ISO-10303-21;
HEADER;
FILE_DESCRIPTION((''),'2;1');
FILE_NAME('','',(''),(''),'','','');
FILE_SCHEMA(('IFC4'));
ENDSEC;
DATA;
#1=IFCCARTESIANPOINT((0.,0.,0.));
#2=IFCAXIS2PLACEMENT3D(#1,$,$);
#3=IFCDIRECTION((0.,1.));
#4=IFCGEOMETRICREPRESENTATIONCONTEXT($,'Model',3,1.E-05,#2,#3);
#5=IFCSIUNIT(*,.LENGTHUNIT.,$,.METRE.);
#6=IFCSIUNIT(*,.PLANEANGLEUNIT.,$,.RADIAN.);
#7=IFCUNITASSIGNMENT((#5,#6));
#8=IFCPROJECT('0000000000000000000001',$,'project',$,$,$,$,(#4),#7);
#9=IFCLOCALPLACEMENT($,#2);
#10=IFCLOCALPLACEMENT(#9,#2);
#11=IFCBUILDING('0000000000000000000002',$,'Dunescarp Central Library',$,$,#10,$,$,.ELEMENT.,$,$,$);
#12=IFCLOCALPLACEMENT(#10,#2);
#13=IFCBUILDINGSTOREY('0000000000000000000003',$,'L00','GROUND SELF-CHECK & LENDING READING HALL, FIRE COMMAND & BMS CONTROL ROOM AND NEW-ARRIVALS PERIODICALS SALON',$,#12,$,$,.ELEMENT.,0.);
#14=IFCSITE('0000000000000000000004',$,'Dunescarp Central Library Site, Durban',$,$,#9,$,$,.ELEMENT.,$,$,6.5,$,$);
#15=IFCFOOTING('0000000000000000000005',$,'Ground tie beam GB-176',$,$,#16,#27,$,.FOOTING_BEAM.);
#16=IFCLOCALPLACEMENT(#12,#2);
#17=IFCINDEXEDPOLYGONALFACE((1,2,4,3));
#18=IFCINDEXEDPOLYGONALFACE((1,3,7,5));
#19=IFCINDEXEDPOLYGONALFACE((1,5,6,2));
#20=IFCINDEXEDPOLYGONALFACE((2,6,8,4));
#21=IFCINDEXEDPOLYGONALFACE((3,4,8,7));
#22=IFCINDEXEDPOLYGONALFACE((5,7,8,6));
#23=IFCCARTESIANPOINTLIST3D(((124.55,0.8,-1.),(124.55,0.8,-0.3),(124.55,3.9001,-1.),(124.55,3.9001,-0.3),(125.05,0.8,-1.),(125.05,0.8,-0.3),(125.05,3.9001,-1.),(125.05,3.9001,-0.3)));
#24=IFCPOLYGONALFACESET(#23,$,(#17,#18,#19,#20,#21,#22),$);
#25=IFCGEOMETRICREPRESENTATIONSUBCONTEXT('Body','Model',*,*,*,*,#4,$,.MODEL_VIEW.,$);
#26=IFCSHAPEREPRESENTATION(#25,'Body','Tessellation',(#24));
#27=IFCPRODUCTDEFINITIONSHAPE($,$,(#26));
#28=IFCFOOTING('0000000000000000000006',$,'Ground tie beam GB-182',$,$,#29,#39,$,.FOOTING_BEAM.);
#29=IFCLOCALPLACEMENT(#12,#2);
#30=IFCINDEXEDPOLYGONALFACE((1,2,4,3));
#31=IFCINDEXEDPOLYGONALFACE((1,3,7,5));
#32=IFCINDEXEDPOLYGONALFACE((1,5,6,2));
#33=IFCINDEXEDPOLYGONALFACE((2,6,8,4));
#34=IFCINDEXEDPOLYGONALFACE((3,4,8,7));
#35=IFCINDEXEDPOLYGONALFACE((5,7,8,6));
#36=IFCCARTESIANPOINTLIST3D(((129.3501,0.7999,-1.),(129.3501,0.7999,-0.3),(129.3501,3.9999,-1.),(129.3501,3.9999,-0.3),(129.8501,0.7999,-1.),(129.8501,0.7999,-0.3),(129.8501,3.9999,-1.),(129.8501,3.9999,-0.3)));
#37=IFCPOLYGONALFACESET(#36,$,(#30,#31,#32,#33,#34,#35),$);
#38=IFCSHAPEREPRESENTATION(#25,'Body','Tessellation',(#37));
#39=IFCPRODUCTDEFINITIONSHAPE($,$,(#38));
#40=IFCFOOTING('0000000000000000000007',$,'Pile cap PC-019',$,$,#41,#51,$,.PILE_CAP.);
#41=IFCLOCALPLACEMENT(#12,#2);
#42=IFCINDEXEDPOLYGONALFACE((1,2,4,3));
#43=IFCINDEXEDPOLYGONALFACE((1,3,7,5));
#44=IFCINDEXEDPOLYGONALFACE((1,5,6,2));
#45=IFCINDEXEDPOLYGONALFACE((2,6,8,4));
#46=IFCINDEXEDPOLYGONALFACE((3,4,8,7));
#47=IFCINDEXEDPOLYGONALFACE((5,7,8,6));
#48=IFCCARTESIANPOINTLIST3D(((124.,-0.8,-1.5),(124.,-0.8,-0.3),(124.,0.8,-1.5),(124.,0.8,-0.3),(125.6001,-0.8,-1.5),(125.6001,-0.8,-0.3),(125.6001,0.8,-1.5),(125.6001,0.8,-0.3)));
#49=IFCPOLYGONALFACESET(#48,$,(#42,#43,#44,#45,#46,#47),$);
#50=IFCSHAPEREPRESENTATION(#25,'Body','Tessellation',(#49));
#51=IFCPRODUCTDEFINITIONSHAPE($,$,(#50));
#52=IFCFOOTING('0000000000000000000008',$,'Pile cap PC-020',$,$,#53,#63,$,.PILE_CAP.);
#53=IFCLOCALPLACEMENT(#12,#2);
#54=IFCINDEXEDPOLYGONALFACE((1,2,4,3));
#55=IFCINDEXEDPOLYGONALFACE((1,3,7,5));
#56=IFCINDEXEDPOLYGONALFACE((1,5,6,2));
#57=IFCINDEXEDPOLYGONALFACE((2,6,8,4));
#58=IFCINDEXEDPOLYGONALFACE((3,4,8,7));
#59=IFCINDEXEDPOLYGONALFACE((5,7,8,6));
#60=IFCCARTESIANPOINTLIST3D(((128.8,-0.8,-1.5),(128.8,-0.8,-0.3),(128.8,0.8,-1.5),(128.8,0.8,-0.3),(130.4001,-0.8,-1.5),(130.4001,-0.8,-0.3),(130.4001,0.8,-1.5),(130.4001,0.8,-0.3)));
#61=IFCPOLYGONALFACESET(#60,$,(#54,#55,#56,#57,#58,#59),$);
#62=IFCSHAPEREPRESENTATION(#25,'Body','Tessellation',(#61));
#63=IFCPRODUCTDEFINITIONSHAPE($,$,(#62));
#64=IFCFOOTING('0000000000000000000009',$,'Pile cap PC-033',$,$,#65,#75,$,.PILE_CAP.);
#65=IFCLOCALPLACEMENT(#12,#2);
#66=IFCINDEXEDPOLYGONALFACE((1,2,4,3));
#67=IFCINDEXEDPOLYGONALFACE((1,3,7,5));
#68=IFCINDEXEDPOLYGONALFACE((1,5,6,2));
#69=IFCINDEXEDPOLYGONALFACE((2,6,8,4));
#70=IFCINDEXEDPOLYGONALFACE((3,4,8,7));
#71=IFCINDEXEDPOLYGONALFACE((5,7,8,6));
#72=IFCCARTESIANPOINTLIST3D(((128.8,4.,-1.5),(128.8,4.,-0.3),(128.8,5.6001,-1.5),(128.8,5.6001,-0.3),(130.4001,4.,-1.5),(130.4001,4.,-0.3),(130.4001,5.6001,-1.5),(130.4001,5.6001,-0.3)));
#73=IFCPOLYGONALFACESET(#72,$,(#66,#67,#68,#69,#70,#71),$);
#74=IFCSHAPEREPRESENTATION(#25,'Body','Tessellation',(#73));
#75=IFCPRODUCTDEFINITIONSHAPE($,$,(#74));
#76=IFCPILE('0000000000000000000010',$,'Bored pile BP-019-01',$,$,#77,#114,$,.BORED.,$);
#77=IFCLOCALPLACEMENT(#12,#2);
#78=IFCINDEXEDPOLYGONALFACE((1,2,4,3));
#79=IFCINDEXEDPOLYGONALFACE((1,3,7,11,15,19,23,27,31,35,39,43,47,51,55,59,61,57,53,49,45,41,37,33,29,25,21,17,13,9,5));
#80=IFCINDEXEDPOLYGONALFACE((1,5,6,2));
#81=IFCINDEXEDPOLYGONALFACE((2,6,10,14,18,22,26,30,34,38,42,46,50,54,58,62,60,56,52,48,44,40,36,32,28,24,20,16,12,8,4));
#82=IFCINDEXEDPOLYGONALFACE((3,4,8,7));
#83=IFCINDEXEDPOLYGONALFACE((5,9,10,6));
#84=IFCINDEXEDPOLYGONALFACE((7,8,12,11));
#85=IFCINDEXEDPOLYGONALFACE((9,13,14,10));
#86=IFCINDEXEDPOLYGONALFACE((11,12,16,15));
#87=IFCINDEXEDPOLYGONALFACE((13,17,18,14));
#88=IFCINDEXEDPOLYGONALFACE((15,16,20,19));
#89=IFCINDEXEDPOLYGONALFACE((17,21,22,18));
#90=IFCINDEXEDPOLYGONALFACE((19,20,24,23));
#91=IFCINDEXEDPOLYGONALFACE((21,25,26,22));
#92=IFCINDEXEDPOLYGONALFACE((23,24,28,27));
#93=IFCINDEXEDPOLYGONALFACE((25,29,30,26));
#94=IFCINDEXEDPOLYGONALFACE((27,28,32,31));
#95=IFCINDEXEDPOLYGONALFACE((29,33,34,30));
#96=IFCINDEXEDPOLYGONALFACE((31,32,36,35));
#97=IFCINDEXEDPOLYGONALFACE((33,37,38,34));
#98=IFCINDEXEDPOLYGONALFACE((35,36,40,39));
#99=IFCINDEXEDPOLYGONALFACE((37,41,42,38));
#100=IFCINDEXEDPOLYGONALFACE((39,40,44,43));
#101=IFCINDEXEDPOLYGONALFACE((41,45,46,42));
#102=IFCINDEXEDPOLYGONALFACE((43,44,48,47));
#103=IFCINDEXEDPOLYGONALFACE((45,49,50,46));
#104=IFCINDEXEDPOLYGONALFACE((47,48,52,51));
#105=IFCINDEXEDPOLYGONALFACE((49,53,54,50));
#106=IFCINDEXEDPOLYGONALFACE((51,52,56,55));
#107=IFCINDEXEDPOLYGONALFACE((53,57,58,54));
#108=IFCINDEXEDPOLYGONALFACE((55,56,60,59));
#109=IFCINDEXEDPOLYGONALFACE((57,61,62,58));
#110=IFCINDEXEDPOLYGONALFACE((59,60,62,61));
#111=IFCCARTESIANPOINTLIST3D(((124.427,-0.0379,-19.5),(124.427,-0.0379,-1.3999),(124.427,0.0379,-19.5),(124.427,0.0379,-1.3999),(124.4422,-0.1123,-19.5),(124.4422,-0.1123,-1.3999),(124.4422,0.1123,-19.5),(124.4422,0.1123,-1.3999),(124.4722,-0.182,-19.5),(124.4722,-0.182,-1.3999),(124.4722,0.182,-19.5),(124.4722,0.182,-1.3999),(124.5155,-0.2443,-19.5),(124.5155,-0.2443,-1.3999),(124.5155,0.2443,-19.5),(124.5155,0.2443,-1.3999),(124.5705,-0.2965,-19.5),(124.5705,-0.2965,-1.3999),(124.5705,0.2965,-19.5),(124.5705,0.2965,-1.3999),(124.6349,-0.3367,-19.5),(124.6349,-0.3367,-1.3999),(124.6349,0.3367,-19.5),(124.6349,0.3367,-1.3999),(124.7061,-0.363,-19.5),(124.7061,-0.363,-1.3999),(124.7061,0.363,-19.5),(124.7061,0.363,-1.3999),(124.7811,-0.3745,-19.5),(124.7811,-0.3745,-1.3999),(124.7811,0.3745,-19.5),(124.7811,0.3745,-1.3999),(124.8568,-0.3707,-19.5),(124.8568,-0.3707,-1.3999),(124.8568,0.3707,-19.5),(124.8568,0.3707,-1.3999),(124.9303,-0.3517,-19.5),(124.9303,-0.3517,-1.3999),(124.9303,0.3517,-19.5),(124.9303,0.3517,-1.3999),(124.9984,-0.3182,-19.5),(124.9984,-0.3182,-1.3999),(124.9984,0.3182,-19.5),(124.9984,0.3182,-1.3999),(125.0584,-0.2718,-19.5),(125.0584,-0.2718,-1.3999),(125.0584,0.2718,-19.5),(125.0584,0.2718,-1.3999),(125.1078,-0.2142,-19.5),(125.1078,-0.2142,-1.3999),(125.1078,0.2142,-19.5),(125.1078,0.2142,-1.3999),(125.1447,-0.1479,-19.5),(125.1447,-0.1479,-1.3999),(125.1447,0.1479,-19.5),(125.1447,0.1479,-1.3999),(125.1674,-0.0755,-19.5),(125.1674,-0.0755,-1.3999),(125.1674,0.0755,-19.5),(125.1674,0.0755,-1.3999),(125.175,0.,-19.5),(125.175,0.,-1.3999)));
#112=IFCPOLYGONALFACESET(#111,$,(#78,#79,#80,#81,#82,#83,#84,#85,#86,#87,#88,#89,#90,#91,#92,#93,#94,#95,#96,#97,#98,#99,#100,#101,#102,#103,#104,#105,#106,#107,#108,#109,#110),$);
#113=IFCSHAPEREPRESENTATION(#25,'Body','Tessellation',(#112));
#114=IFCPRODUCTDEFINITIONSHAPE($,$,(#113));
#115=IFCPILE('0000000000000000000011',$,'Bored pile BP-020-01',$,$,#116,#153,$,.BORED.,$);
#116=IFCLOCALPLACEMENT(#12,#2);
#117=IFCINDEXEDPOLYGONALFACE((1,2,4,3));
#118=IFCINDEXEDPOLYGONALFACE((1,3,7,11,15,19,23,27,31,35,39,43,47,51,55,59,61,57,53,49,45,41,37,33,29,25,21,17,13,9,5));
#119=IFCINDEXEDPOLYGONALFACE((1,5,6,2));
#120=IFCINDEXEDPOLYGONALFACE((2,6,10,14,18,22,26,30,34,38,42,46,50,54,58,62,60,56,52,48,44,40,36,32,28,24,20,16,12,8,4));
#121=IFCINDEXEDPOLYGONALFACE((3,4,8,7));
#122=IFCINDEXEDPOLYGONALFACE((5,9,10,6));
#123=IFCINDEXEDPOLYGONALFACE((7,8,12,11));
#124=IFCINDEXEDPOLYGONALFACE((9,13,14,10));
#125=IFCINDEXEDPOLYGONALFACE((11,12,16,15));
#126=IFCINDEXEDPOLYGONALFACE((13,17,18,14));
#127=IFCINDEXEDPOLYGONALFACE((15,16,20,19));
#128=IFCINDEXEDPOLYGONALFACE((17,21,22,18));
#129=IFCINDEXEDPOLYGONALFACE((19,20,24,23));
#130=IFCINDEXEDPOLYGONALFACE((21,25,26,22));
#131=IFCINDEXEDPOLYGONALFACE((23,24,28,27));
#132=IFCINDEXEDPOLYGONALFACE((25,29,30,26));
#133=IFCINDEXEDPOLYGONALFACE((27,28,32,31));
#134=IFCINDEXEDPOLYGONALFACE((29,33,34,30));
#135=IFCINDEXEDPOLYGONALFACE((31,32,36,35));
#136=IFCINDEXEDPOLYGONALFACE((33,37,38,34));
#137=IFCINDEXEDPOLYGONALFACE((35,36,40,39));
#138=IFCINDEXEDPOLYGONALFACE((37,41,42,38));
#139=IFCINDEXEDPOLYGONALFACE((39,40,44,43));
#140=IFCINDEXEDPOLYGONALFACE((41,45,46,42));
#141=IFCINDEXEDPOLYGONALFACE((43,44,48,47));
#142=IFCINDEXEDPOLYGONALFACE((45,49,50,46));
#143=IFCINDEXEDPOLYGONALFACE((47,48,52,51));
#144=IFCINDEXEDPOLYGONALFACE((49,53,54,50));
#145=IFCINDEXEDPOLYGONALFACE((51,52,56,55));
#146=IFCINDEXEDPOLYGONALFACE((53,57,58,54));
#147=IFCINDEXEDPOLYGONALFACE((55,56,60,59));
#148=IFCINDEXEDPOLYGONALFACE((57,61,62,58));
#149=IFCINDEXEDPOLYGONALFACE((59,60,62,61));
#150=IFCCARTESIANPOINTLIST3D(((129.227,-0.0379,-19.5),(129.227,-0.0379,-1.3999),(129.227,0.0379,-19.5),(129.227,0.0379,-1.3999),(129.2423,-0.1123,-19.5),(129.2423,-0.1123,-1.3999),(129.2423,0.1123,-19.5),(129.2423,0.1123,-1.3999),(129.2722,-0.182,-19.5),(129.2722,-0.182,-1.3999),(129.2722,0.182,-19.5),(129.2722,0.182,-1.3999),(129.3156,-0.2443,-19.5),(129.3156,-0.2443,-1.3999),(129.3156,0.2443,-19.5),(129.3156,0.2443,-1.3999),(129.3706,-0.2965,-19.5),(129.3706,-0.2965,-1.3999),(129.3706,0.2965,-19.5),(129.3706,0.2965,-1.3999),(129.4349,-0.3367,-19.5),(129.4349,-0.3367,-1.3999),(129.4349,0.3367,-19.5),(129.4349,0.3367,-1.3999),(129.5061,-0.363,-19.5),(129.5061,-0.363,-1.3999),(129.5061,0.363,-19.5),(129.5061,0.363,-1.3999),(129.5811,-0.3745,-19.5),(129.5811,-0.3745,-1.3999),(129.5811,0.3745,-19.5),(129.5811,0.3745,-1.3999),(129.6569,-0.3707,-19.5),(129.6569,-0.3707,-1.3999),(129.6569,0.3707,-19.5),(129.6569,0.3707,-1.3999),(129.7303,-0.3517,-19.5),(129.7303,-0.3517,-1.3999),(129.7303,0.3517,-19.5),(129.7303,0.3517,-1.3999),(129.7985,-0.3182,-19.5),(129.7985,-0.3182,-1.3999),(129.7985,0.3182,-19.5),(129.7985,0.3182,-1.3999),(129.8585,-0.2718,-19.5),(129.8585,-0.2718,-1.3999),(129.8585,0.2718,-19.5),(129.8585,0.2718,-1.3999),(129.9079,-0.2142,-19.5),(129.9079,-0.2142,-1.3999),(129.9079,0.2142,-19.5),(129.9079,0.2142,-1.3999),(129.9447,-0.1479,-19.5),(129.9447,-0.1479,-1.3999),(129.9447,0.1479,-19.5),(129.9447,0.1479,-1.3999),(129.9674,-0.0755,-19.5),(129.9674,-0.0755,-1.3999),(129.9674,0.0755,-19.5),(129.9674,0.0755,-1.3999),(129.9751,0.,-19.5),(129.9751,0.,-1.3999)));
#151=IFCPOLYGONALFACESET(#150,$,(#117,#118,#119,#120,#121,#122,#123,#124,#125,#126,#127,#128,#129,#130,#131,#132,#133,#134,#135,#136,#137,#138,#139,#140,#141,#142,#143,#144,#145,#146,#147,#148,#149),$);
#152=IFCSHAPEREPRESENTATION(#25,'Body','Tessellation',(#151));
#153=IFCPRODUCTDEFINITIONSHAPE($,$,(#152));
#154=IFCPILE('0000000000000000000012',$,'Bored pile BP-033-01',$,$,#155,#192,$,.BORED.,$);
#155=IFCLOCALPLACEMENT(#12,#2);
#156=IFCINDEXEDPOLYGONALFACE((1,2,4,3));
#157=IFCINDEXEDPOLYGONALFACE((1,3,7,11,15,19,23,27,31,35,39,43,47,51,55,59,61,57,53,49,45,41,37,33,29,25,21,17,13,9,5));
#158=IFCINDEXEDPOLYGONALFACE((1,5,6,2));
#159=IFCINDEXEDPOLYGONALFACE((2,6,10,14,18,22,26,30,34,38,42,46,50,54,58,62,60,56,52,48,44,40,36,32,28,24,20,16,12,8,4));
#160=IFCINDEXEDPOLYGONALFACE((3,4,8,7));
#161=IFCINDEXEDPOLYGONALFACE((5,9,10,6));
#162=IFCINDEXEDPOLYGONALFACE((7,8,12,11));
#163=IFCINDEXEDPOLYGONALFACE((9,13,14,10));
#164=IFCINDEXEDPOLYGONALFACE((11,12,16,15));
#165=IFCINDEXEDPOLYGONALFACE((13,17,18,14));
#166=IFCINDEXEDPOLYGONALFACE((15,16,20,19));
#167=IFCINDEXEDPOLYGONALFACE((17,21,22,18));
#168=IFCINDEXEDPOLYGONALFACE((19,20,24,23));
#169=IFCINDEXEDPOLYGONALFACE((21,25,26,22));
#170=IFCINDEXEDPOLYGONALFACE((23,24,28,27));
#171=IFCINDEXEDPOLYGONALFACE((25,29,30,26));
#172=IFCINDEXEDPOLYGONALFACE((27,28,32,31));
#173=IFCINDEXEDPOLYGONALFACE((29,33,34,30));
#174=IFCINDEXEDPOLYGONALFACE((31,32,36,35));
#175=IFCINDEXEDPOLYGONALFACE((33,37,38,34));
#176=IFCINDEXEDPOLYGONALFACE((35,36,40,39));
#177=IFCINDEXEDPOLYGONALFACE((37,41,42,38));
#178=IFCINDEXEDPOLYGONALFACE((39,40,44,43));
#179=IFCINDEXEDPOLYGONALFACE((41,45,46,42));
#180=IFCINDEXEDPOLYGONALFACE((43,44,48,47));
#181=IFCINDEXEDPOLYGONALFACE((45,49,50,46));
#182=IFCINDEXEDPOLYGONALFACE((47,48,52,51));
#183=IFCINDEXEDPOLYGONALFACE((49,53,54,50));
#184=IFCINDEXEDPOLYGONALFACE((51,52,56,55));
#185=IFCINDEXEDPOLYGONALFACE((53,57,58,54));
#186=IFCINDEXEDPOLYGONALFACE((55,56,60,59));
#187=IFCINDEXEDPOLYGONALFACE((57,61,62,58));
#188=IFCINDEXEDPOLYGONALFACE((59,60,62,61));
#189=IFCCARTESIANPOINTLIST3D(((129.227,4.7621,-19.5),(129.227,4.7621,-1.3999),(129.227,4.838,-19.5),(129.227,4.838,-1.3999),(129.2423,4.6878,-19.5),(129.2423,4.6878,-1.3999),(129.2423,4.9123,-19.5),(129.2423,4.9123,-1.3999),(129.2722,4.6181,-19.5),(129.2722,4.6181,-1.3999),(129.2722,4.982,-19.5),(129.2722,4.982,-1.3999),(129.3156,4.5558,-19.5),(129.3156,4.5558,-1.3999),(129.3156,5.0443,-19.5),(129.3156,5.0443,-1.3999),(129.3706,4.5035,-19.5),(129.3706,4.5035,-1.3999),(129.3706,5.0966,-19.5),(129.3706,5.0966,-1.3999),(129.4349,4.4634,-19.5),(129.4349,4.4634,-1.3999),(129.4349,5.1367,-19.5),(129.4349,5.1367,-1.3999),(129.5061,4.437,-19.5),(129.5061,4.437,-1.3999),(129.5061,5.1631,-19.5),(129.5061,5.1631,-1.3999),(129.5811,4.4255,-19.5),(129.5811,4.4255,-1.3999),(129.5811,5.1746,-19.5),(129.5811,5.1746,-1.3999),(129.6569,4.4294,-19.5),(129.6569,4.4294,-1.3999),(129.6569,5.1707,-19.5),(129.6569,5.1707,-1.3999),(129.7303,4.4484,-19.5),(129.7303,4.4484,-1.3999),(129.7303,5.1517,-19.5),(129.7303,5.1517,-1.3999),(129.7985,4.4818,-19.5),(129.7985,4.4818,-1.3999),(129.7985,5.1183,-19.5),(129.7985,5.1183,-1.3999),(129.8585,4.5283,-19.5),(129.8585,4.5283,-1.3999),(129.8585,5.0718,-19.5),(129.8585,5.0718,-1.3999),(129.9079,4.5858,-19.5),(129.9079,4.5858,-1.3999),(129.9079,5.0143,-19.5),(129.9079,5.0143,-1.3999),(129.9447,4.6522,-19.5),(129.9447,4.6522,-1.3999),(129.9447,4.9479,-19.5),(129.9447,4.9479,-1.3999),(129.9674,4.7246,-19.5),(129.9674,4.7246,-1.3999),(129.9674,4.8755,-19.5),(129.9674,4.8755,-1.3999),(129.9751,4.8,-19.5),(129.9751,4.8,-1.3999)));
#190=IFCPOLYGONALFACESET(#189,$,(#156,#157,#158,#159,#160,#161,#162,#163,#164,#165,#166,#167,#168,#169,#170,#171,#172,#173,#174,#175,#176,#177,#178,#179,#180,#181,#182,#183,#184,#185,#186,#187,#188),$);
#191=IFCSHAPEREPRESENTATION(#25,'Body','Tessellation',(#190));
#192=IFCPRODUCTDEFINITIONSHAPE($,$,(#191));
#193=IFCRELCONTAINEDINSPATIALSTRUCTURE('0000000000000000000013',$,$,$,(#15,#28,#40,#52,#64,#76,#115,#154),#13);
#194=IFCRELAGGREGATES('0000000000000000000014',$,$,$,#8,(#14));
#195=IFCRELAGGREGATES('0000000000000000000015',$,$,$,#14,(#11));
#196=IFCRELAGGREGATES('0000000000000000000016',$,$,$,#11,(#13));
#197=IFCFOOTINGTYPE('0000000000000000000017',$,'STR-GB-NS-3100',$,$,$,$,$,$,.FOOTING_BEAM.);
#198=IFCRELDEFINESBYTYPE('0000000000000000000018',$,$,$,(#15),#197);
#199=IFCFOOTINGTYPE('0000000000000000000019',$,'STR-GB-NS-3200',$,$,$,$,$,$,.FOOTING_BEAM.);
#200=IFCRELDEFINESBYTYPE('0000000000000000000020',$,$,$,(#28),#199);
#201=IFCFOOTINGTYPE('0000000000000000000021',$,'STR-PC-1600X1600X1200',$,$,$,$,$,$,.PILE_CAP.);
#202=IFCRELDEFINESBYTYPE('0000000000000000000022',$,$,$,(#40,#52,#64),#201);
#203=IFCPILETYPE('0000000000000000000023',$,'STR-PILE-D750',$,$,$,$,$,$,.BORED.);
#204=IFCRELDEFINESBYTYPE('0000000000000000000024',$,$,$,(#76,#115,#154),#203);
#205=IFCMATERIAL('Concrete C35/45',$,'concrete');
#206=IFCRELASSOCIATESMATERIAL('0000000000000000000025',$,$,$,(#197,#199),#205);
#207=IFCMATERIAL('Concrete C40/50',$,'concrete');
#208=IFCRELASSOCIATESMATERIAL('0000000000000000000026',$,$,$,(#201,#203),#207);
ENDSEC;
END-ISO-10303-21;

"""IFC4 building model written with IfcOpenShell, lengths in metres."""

from ifc_helpers import new_model, si_unit, direction, frame, origin, origin_2d, place, context, subcontext, project, spatial, rectangle, circle, extrude, material, material_profile, profile_set, type_object, element, save


model = new_model("IFC4")

# Units and contexts
model_context = context("Model", 3, precision=1e-05, world=origin(), true_north=direction((0.0, 1.0)))
body_context = subcontext(model_context, "Body", "Model", "MODEL_VIEW")
ifc_project = project(units=[si_unit("LENGTHUNIT", "METRE"), si_unit("PLANEANGLEUNIT", "RADIAN")], contexts=[model_context])

# Site, building, storey
site_placement = place(None, origin())
site = spatial("IfcSite", under=ifc_project, at=site_placement, Name="Dunescarp Central Library Site, Durban", CompositionType="ELEMENT", RefElevation=6.5)
building_placement = place(site_placement, origin())
building = spatial("IfcBuilding", under=site, at=building_placement, Name="Dunescarp Central Library", CompositionType="ELEMENT")
storey_placement = place(building_placement, origin())
storey = spatial("IfcBuildingStorey", under=building, at=storey_placement, Name="L00", Description="GROUND SELF-CHECK & LENDING READING HALL, FIRE COMMAND & BMS CONTROL ROOM AND NEW-ARRIVALS PERIODICALS SALON", CompositionType="ELEMENT", Elevation=0.0)

# Footings
ifc_material_1 = material(Name="Concrete C35/45", Category="concrete")
footing_type_1 = type_object("IfcFootingType", Name="STR-GB-NS-3100", PredefinedType="FOOTING_BEAM", material=ifc_material_1)
footing_1_placement = place(storey_placement, frame((124.8, 2.3501, -1.0), z_axis=(0.0, 0.0, 1.0), x_axis=(0.0, 1.0, 0.0)))
element("IfcFooting", 1, at=footing_1_placement, inside=storey, type_object=footing_type_1, Name="Ground tie beam GB-176", PredefinedType="FOOTING_BEAM", context=body_context, shape_type="SweptSolid", body=[
    extrude(rectangle(XDim=3.1001, YDim=0.5, at=origin_2d()), origin(), (0.0, 0.0, 1.0), 0.7),
])
footing_type_2 = type_object("IfcFootingType", Name="STR-GB-NS-3200", PredefinedType="FOOTING_BEAM", material=ifc_material_1)
footing_2_placement = place(storey_placement, frame((129.6001, 2.3999, -1.0), z_axis=(0.0, 0.0, 1.0), x_axis=(0.0, 1.0, 0.0)))
element("IfcFooting", 2, at=footing_2_placement, inside=storey, type_object=footing_type_2, Name="Ground tie beam GB-182", PredefinedType="FOOTING_BEAM", context=body_context, shape_type="SweptSolid", body=[
    extrude(rectangle(XDim=3.2, YDim=0.5, at=origin_2d()), origin(), (0.0, 0.0, 1.0), 0.7),
])
ifc_material_2 = material(Name="Concrete C40/50", Category="concrete")
footing_type_3 = type_object("IfcFootingType", Name="STR-PC-1600X1600X1200", PredefinedType="PILE_CAP", material=ifc_material_2)
for number, where, z_axis, x_axis, name in (
    (3, (124.8, 0.0, -1.5), (0.0, 0.0, 1.0), (1.0, 0.0, 0.0), "Pile cap PC-019"),
    (4, (129.6001, 0.0, -1.5), (0.0, 0.0, 1.0), (1.0, 0.0, 0.0), "Pile cap PC-020"),
    (5, (129.6001, 4.8, -1.5), (0.0, 0.0, 1.0), (1.0, 0.0, 0.0), "Pile cap PC-033"),
):
    element("IfcFooting", number, at=place(storey_placement, frame(where, z_axis=z_axis, x_axis=x_axis)), inside=storey, type_object=footing_type_3, Name=name, PredefinedType="PILE_CAP", context=body_context, shape_type="SweptSolid", body=[
        extrude(rectangle(XDim=1.6001, YDim=1.6001, at=origin_2d()), origin(), (0.0, 0.0, 1.0), 1.2),
    ])

# Piles
ifc_material_profile_1 = material_profile(ifc_material_2, circle(Radius=0.375, at=origin_2d()), Name="PILE D750")
ifc_profile_set_1 = profile_set([ifc_material_profile_1], Name="Concrete C40/50")
pile_type_1 = type_object("IfcPileType", Name="STR-PILE-D750", PredefinedType="BORED", material=ifc_profile_set_1)
for number, where, z_axis, x_axis, name in (
    (6, (124.8, 0.0, -1.3999), (0.0, 0.0, -1.0), (1.0, 0.0, 0.0), "Bored pile BP-019-01"),
    (7, (129.6001, 0.0, -1.3999), (0.0, 0.0, -1.0), (1.0, 0.0, 0.0), "Bored pile BP-020-01"),
    (8, (129.6001, 4.8, -1.3999), (0.0, 0.0, -1.0), (1.0, 0.0, 0.0), "Bored pile BP-033-01"),
):
    element("IfcPile", number, at=place(storey_placement, frame(where, z_axis=z_axis, x_axis=x_axis)), inside=storey, type_object=pile_type_1, Name=name, PredefinedType="BORED", context=body_context, shape_type="SweptSolid", body=[
        extrude(circle(Radius=0.375, at=origin_2d()), origin(), (0.0, 0.0, 1.0), 18.1001),
    ])

save(model, "model.ifc")
